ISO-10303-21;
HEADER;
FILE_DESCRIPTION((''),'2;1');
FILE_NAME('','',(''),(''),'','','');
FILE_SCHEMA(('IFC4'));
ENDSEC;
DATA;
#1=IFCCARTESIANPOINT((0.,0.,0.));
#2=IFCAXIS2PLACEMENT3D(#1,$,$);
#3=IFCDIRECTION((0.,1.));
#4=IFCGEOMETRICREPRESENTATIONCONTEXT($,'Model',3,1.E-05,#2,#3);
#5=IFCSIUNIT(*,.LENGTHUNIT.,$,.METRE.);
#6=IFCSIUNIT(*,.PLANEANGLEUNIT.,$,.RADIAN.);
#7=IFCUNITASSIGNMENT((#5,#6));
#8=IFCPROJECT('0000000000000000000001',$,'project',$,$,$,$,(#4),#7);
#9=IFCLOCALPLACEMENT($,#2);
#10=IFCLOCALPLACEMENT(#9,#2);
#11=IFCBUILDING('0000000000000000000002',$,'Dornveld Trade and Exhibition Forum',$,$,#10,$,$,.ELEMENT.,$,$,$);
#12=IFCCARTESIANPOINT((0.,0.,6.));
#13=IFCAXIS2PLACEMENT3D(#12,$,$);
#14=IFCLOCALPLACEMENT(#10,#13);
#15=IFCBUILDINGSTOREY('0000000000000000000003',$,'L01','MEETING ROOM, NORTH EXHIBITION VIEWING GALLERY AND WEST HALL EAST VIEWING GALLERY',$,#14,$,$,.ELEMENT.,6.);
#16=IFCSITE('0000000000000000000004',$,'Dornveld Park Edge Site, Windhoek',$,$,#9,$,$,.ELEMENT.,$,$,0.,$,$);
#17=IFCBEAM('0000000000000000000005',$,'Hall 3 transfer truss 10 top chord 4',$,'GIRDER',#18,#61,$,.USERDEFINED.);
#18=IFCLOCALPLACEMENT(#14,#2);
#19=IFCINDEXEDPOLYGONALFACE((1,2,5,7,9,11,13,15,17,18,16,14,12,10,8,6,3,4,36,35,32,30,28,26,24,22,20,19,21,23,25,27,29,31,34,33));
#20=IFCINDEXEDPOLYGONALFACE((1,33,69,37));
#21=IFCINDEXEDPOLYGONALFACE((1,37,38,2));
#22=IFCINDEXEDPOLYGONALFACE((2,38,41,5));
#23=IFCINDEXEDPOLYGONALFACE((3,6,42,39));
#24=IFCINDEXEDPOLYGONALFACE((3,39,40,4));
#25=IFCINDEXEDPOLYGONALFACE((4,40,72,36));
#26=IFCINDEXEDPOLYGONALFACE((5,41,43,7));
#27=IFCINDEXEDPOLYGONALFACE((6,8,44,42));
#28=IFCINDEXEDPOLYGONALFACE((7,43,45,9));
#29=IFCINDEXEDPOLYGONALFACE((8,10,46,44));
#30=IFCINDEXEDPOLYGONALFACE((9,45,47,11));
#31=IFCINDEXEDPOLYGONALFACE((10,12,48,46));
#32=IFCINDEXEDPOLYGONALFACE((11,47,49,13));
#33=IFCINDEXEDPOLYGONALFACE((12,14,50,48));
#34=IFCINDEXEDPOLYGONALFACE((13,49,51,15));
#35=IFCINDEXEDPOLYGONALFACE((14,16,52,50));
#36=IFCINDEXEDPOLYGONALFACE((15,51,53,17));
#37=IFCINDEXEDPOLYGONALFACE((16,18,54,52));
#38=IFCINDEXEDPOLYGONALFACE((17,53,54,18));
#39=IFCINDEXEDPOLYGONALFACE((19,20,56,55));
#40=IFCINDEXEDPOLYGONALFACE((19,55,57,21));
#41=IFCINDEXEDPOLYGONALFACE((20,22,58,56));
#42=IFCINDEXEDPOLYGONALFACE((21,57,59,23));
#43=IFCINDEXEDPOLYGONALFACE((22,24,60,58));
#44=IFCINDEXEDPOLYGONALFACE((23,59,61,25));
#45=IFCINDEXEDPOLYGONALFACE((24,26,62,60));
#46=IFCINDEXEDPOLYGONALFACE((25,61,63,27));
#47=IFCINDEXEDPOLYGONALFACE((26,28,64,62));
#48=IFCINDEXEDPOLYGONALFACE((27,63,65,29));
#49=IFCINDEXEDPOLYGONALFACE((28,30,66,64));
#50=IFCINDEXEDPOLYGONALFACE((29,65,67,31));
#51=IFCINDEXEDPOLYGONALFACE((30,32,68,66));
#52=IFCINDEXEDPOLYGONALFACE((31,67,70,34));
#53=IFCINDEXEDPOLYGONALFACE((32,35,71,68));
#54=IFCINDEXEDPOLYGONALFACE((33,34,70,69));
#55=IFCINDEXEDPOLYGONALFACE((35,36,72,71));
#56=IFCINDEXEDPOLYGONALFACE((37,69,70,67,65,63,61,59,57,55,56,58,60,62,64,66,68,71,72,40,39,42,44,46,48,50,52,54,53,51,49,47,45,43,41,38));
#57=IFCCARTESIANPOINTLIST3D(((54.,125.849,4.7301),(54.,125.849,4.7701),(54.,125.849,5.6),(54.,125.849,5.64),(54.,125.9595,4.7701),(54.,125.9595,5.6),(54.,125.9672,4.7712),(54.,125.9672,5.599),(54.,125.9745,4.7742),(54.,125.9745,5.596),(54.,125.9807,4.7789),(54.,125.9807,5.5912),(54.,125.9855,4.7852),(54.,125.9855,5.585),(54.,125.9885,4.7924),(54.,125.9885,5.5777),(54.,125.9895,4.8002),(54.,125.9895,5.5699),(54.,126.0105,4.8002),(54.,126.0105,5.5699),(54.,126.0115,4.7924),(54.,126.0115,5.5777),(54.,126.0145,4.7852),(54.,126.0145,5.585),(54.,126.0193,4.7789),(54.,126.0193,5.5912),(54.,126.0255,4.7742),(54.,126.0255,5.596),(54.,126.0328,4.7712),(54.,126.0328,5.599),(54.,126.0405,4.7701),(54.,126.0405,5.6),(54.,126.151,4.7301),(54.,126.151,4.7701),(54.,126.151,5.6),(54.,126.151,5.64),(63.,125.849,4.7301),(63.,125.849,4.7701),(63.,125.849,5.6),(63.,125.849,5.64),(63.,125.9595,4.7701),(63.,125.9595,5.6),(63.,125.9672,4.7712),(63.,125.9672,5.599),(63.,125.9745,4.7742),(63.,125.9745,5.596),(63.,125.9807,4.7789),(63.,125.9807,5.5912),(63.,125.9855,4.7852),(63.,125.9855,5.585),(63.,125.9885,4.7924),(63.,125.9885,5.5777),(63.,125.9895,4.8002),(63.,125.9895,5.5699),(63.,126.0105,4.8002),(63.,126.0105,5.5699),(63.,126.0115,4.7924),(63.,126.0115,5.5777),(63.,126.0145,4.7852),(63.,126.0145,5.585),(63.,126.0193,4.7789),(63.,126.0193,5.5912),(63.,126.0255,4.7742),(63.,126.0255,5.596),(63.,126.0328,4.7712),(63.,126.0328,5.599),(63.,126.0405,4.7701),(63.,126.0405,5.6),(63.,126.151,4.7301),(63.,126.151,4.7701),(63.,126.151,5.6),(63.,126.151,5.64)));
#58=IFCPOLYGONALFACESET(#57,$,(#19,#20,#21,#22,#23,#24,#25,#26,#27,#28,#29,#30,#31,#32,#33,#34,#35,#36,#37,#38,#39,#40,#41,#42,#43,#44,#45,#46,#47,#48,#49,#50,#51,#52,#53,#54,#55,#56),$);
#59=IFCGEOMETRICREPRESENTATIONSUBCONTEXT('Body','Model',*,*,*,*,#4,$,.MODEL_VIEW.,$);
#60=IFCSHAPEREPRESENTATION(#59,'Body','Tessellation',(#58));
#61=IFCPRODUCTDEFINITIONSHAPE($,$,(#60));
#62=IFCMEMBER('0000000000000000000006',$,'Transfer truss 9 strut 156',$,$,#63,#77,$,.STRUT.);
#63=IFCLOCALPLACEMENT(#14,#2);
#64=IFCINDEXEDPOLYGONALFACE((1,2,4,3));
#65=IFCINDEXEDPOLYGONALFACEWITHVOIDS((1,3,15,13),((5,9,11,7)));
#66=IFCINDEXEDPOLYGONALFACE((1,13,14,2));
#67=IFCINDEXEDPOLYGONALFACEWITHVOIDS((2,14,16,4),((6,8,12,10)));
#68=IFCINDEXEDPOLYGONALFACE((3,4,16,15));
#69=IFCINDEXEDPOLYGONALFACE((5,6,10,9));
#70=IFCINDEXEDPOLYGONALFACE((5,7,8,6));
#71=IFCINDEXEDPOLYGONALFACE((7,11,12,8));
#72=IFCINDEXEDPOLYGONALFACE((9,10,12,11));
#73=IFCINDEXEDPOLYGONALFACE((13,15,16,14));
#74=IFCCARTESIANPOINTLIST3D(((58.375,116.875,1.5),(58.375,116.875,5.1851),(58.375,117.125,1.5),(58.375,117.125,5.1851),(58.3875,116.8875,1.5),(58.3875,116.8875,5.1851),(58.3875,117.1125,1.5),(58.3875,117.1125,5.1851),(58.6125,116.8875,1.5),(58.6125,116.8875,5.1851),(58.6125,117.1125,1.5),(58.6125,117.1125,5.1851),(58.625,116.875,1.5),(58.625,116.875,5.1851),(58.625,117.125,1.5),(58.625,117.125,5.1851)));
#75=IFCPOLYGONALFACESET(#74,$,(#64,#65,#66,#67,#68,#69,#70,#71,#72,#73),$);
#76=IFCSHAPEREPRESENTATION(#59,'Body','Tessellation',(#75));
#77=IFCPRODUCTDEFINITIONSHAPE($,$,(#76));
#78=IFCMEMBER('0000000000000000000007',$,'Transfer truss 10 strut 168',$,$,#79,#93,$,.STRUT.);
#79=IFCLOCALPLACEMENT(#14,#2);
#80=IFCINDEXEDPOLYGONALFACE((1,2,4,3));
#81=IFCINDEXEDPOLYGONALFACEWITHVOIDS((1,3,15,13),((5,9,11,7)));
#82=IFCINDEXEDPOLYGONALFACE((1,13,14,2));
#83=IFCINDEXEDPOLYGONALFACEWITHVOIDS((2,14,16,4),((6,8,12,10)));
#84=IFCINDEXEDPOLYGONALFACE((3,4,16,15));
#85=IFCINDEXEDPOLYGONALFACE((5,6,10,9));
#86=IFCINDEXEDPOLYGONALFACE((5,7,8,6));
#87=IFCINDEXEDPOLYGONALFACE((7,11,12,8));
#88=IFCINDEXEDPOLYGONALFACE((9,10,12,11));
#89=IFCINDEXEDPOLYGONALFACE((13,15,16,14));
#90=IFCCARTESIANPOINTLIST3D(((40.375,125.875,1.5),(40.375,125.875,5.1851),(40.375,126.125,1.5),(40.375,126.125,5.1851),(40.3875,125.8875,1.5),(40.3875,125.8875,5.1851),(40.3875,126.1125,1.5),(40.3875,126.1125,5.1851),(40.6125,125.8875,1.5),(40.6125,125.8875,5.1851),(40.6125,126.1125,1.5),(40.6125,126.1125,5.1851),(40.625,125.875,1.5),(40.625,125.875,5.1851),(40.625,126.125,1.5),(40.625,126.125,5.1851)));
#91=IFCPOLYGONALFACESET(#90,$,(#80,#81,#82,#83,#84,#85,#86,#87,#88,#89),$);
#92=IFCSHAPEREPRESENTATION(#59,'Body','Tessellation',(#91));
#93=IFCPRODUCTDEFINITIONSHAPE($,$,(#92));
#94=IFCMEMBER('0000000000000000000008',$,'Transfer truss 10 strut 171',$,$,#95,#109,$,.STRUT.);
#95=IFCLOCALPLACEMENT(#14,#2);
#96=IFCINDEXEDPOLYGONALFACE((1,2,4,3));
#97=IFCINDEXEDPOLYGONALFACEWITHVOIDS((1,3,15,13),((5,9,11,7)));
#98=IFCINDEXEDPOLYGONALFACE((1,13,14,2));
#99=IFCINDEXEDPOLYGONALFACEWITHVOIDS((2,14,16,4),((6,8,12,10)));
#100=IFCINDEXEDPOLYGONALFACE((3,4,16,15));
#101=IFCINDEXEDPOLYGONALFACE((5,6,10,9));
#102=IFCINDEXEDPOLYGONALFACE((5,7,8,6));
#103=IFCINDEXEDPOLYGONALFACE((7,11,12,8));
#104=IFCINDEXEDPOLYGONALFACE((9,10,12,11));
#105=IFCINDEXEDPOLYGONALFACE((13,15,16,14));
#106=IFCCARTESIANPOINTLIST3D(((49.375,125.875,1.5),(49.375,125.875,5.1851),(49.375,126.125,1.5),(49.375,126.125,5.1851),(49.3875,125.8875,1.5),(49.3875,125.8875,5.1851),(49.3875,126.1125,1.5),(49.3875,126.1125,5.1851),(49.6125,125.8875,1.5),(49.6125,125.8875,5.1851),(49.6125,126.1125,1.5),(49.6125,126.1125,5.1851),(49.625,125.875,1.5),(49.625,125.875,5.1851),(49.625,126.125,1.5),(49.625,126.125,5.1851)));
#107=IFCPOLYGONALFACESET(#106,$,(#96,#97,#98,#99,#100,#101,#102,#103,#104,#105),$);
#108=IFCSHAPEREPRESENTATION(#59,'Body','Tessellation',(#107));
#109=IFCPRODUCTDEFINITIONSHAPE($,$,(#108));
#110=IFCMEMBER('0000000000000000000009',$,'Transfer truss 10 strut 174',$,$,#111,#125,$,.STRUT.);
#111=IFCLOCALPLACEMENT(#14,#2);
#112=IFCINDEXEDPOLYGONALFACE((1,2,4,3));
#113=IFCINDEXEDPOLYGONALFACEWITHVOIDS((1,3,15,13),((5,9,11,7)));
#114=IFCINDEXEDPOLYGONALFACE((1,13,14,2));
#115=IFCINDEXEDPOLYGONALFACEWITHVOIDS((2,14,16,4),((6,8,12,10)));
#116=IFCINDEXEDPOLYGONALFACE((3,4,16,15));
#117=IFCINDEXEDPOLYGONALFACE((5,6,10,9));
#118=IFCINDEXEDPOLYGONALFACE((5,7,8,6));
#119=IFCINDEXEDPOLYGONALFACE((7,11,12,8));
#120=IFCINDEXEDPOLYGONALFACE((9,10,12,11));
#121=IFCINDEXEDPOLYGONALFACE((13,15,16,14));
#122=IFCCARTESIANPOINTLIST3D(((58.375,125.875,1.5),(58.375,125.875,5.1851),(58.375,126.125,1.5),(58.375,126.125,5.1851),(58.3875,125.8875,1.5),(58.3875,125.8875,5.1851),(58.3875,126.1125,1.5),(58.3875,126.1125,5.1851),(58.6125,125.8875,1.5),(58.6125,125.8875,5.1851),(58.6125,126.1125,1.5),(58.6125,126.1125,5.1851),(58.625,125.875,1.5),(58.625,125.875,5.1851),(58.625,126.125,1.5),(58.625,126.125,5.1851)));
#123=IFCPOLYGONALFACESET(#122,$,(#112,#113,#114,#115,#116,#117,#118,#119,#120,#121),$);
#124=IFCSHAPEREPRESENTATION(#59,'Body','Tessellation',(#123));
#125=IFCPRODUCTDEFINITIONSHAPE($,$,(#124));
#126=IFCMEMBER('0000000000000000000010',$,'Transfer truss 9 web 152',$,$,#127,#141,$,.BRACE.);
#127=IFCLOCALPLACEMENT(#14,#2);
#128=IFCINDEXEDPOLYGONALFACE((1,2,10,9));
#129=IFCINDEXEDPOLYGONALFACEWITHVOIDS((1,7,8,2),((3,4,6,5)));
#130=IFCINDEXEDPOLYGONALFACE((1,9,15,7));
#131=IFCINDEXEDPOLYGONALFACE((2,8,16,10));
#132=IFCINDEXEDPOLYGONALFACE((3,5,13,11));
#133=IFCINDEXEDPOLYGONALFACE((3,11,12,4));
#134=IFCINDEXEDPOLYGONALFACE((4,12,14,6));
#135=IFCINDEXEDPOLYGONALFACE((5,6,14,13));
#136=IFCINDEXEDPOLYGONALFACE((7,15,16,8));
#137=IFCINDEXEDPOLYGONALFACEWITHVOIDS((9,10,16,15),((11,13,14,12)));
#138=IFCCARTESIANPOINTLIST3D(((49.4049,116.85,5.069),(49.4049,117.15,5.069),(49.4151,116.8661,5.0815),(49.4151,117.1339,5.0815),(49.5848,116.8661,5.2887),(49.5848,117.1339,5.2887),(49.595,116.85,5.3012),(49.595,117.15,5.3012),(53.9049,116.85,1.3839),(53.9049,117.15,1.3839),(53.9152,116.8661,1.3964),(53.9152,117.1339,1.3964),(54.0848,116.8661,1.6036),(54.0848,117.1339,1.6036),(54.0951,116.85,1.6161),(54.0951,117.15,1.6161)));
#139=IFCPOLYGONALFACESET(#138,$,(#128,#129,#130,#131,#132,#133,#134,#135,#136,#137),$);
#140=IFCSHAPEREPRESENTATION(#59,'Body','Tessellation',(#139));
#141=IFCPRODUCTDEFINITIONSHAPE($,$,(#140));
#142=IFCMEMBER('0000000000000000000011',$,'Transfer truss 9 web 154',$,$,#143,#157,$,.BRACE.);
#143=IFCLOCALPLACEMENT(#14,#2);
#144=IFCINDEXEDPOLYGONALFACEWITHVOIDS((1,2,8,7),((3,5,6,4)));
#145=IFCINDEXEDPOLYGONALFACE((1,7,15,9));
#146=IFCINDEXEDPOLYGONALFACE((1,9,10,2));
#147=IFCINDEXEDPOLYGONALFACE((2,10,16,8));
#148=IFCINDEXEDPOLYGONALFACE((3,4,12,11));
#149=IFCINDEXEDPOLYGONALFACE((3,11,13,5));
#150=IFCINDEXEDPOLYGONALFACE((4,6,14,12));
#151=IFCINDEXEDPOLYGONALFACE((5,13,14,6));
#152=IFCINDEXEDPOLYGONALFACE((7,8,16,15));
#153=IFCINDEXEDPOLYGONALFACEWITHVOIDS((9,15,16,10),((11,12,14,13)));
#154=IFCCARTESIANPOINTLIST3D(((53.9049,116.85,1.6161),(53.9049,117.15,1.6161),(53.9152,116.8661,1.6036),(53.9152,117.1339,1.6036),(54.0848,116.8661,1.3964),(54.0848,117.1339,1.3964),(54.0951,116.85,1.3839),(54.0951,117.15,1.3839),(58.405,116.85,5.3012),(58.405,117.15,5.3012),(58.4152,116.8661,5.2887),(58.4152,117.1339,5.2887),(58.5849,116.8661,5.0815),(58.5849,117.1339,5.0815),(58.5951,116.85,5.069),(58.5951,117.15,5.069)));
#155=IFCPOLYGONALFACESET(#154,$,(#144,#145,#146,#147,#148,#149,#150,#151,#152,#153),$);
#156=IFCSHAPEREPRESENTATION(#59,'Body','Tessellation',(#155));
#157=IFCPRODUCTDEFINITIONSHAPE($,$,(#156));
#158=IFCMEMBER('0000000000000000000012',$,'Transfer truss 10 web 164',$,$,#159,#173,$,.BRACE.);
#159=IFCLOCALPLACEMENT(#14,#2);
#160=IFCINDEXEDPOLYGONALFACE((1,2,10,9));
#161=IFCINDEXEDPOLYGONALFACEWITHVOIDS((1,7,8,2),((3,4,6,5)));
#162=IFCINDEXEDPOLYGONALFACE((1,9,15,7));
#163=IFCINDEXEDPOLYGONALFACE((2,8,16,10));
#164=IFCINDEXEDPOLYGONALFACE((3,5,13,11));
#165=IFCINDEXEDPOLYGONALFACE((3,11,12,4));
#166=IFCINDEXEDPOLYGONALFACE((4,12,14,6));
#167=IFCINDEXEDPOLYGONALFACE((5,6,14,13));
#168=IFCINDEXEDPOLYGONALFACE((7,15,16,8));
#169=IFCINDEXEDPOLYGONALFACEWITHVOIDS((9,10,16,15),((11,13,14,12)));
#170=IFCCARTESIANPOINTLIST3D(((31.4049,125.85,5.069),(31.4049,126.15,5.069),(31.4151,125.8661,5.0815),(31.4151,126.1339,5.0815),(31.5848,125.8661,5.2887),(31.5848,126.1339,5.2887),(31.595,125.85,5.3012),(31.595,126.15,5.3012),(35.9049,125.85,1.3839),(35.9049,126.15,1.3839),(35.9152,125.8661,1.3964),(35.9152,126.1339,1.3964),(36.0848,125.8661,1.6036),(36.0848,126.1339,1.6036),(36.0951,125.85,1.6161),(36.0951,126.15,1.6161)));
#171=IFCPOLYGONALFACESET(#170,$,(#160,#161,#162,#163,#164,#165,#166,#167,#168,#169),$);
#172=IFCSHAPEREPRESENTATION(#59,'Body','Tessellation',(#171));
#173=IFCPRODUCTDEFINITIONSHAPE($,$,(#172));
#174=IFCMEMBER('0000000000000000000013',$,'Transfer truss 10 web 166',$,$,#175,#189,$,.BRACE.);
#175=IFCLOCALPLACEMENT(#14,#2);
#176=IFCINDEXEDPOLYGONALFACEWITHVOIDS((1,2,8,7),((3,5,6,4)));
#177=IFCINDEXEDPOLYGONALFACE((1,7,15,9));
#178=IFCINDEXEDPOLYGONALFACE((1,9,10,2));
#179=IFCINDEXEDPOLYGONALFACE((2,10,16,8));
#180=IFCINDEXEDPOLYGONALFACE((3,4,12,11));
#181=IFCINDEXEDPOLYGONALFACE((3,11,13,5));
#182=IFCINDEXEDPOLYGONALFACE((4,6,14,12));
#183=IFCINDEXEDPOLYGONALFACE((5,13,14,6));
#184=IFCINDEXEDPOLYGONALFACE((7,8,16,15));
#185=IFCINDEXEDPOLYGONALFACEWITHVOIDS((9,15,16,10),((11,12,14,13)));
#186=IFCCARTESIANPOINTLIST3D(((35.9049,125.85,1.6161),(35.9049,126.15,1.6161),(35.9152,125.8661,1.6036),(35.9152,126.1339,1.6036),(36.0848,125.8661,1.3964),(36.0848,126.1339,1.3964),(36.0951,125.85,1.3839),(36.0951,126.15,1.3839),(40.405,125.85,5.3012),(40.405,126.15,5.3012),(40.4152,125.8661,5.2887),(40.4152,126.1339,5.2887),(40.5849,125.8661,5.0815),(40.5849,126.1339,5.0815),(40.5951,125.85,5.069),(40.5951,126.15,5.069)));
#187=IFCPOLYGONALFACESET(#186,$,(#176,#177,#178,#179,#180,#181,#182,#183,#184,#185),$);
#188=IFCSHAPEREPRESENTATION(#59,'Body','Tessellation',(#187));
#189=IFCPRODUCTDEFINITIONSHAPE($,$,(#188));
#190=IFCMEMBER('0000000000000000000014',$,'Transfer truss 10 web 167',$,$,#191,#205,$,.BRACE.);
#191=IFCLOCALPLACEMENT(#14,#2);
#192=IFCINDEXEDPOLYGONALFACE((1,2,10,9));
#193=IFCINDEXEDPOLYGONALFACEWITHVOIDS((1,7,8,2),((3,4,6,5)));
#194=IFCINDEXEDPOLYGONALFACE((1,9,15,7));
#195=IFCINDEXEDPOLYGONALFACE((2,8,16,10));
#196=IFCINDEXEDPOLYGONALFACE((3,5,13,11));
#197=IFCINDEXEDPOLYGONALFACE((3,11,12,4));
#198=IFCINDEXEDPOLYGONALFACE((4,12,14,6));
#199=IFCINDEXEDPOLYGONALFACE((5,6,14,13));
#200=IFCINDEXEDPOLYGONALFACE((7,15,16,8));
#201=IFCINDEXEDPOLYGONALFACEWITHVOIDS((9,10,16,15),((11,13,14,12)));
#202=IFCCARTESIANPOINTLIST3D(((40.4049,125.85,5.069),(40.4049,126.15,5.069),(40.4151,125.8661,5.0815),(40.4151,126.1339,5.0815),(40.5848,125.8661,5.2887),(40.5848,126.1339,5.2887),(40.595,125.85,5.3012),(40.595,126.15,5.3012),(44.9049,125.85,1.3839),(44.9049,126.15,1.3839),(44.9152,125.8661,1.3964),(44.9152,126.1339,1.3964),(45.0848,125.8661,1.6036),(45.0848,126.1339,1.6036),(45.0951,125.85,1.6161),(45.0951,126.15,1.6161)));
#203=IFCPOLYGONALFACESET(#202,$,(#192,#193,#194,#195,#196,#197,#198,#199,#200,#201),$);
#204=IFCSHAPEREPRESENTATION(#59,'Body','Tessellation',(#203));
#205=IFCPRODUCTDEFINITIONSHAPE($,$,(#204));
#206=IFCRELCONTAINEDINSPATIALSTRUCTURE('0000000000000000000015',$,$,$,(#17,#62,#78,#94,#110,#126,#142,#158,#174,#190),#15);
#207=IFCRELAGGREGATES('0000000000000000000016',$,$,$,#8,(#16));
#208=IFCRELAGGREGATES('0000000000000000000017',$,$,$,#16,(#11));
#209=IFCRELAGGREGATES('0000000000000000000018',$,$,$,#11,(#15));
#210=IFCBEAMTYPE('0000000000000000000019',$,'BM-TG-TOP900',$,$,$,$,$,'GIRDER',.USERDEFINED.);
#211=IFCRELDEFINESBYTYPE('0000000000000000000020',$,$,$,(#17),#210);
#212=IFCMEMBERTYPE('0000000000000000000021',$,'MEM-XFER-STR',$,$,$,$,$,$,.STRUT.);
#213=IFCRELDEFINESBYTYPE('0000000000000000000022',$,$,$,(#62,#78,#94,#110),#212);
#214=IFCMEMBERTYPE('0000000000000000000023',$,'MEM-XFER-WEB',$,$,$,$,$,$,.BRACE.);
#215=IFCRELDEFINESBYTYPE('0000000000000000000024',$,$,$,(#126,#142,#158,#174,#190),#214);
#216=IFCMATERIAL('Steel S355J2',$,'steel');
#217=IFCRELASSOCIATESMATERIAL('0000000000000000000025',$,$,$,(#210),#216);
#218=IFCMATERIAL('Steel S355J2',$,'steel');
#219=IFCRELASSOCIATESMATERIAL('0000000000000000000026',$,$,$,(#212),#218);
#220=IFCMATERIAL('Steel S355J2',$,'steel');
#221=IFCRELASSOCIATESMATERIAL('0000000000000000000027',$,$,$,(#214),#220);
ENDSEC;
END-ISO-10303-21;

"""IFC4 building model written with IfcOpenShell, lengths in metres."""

from ifc_helpers import new_model, si_unit, direction, frame, origin, origin_2d, place, context, subcontext, project, spatial, hollow_rectangle, i_section, extrude, material, material_profile, profile_set, type_object, element, save


model = new_model("IFC4")

# Units and contexts
model_context = context("Model", 3, precision=1e-05, world=origin(), true_north=direction((0.0, 1.0)))
body_context = subcontext(model_context, "Body", "Model", "MODEL_VIEW")
ifc_project = project(units=[si_unit("LENGTHUNIT", "METRE"), si_unit("PLANEANGLEUNIT", "RADIAN")], contexts=[model_context])

# Site, building, storey
site_placement = place(None, origin())
site = spatial("IfcSite", under=ifc_project, at=site_placement, Name="Dornveld Park Edge Site, Windhoek", CompositionType="ELEMENT", RefElevation=0.0)
building_placement = place(site_placement, origin())
building = spatial("IfcBuilding", under=site, at=building_placement, Name="Dornveld Trade and Exhibition Forum", CompositionType="ELEMENT")
storey_placement = place(building_placement, frame((0.0, 0.0, 6.0)))
storey = spatial("IfcBuildingStorey", under=building, at=storey_placement, Name="L01", Description="MEETING ROOM, NORTH EXHIBITION VIEWING GALLERY AND WEST HALL EAST VIEWING GALLERY", CompositionType="ELEMENT", Elevation=6.0)

# Beam
ifc_material_1 = material(Name="Steel S355J2", Category="steel")
ifc_material_profile_1 = material_profile(ifc_material_1, i_section(OverallWidth=0.302, OverallDepth=0.9099, WebThickness=0.021, FlangeThickness=0.04, FilletRadius=0.03, at=origin_2d()), Name="HEM 900")
ifc_profile_set_1 = profile_set([ifc_material_profile_1], Name="Steel S355J2")
beam_type_1 = type_object("IfcBeamType", Name="BM-TG-TOP900", ElementType="GIRDER", PredefinedType="USERDEFINED", material=ifc_profile_set_1)
for number, where, z_axis, x_axis, name in (
    (1, (54.0, 126.0, 5.1851), (1.0, 0.0, 0.0), (0.0, 1.0, 0.0), "Hall 3 transfer truss 10 top chord 4"),
):
    element("IfcBeam", number, at=place(storey_placement, frame(where, z_axis=z_axis, x_axis=x_axis)), inside=storey, type_object=beam_type_1, Name=name, ObjectType="GIRDER", PredefinedType="USERDEFINED", context=body_context, shape_type="SweptSolid", body=[
        extrude(i_section(OverallWidth=0.302, OverallDepth=0.9099, WebThickness=0.021, FlangeThickness=0.04, FilletRadius=0.03, at=origin_2d()), origin(), (0.0, 0.0, 1.0), 9.0),
    ])

# Members
ifc_material_2 = material(Name="Steel S355J2", Category="steel")
ifc_material_profile_2 = material_profile(ifc_material_2, hollow_rectangle(XDim=0.25, YDim=0.25, WallThickness=0.0125, at=origin_2d()), Name="SHS 250x250x12.5")
ifc_profile_set_2 = profile_set([ifc_material_profile_2], Name="Steel S355J2")
member_type_1 = type_object("IfcMemberType", Name="MEM-XFER-STR", PredefinedType="STRUT", material=ifc_profile_set_2)
for number, where, z_axis, x_axis, name in (
    (2, (58.5, 117.0, 1.5), (0.0, 0.0, 1.0), (1.0, 0.0, 0.0), "Transfer truss 9 strut 156"),
    (3, (40.5, 126.0, 1.5), (0.0, 0.0, 1.0), (1.0, 0.0, 0.0), "Transfer truss 10 strut 168"),
    (4, (49.5, 126.0, 1.5), (0.0, 0.0, 1.0), (1.0, 0.0, 0.0), "Transfer truss 10 strut 171"),
    (5, (58.5, 126.0, 1.5), (0.0, 0.0, 1.0), (1.0, 0.0, 0.0), "Transfer truss 10 strut 174"),
):
    element("IfcMember", number, at=place(storey_placement, frame(where, z_axis=z_axis, x_axis=x_axis)), inside=storey, type_object=member_type_1, Name=name, PredefinedType="STRUT", context=body_context, shape_type="SweptSolid", body=[
        extrude(hollow_rectangle(XDim=0.25, YDim=0.25, WallThickness=0.0125, at=origin_2d()), origin(), (0.0, 0.0, 1.0), 3.6851),
    ])
ifc_material_3 = material(Name="Steel S355J2", Category="steel")
ifc_material_profile_3 = material_profile(ifc_material_3, hollow_rectangle(XDim=0.3, YDim=0.3, WallThickness=0.0161, at=origin_2d()), Name="SHS 300x300x16")
ifc_profile_set_3 = profile_set([ifc_material_profile_3], Name="Steel S355J2")
member_type_2 = type_object("IfcMemberType", Name="MEM-XFER-WEB", PredefinedType="BRACE", material=ifc_profile_set_3)
for number, where, z_axis, x_axis, name in (
    (6, (54.0, 117.0, 1.5), (-0.773684, 0.0, 0.633571), (0.0, -1.0, 0.0), "Transfer truss 9 web 152"),
    (7, (54.0, 117.0, 1.5), (0.773684, 0.0, 0.633571), (0.0, 1.0, 0.0), "Transfer truss 9 web 154"),
    (8, (36.0, 126.0, 1.5), (-0.773684, 0.0, 0.633571), (0.0, -1.0, 0.0), "Transfer truss 10 web 164"),
    (9, (36.0, 126.0, 1.5), (0.773684, 0.0, 0.633571), (0.0, 1.0, 0.0), "Transfer truss 10 web 166"),
    (10, (45.0, 126.0, 1.5), (-0.773684, 0.0, 0.633571), (0.0, -1.0, 0.0), "Transfer truss 10 web 167"),
):
    element("IfcMember", number, at=place(storey_placement, frame(where, z_axis=z_axis, x_axis=x_axis)), inside=storey, type_object=member_type_2, Name=name, PredefinedType="BRACE", context=body_context, shape_type="SweptSolid", body=[
        extrude(hollow_rectangle(XDim=0.3, YDim=0.3, WallThickness=0.0161, at=origin_2d()), origin(), (0.0, 0.0, 1.0), 5.8164),
    ])

save(model, "model.ifc")
